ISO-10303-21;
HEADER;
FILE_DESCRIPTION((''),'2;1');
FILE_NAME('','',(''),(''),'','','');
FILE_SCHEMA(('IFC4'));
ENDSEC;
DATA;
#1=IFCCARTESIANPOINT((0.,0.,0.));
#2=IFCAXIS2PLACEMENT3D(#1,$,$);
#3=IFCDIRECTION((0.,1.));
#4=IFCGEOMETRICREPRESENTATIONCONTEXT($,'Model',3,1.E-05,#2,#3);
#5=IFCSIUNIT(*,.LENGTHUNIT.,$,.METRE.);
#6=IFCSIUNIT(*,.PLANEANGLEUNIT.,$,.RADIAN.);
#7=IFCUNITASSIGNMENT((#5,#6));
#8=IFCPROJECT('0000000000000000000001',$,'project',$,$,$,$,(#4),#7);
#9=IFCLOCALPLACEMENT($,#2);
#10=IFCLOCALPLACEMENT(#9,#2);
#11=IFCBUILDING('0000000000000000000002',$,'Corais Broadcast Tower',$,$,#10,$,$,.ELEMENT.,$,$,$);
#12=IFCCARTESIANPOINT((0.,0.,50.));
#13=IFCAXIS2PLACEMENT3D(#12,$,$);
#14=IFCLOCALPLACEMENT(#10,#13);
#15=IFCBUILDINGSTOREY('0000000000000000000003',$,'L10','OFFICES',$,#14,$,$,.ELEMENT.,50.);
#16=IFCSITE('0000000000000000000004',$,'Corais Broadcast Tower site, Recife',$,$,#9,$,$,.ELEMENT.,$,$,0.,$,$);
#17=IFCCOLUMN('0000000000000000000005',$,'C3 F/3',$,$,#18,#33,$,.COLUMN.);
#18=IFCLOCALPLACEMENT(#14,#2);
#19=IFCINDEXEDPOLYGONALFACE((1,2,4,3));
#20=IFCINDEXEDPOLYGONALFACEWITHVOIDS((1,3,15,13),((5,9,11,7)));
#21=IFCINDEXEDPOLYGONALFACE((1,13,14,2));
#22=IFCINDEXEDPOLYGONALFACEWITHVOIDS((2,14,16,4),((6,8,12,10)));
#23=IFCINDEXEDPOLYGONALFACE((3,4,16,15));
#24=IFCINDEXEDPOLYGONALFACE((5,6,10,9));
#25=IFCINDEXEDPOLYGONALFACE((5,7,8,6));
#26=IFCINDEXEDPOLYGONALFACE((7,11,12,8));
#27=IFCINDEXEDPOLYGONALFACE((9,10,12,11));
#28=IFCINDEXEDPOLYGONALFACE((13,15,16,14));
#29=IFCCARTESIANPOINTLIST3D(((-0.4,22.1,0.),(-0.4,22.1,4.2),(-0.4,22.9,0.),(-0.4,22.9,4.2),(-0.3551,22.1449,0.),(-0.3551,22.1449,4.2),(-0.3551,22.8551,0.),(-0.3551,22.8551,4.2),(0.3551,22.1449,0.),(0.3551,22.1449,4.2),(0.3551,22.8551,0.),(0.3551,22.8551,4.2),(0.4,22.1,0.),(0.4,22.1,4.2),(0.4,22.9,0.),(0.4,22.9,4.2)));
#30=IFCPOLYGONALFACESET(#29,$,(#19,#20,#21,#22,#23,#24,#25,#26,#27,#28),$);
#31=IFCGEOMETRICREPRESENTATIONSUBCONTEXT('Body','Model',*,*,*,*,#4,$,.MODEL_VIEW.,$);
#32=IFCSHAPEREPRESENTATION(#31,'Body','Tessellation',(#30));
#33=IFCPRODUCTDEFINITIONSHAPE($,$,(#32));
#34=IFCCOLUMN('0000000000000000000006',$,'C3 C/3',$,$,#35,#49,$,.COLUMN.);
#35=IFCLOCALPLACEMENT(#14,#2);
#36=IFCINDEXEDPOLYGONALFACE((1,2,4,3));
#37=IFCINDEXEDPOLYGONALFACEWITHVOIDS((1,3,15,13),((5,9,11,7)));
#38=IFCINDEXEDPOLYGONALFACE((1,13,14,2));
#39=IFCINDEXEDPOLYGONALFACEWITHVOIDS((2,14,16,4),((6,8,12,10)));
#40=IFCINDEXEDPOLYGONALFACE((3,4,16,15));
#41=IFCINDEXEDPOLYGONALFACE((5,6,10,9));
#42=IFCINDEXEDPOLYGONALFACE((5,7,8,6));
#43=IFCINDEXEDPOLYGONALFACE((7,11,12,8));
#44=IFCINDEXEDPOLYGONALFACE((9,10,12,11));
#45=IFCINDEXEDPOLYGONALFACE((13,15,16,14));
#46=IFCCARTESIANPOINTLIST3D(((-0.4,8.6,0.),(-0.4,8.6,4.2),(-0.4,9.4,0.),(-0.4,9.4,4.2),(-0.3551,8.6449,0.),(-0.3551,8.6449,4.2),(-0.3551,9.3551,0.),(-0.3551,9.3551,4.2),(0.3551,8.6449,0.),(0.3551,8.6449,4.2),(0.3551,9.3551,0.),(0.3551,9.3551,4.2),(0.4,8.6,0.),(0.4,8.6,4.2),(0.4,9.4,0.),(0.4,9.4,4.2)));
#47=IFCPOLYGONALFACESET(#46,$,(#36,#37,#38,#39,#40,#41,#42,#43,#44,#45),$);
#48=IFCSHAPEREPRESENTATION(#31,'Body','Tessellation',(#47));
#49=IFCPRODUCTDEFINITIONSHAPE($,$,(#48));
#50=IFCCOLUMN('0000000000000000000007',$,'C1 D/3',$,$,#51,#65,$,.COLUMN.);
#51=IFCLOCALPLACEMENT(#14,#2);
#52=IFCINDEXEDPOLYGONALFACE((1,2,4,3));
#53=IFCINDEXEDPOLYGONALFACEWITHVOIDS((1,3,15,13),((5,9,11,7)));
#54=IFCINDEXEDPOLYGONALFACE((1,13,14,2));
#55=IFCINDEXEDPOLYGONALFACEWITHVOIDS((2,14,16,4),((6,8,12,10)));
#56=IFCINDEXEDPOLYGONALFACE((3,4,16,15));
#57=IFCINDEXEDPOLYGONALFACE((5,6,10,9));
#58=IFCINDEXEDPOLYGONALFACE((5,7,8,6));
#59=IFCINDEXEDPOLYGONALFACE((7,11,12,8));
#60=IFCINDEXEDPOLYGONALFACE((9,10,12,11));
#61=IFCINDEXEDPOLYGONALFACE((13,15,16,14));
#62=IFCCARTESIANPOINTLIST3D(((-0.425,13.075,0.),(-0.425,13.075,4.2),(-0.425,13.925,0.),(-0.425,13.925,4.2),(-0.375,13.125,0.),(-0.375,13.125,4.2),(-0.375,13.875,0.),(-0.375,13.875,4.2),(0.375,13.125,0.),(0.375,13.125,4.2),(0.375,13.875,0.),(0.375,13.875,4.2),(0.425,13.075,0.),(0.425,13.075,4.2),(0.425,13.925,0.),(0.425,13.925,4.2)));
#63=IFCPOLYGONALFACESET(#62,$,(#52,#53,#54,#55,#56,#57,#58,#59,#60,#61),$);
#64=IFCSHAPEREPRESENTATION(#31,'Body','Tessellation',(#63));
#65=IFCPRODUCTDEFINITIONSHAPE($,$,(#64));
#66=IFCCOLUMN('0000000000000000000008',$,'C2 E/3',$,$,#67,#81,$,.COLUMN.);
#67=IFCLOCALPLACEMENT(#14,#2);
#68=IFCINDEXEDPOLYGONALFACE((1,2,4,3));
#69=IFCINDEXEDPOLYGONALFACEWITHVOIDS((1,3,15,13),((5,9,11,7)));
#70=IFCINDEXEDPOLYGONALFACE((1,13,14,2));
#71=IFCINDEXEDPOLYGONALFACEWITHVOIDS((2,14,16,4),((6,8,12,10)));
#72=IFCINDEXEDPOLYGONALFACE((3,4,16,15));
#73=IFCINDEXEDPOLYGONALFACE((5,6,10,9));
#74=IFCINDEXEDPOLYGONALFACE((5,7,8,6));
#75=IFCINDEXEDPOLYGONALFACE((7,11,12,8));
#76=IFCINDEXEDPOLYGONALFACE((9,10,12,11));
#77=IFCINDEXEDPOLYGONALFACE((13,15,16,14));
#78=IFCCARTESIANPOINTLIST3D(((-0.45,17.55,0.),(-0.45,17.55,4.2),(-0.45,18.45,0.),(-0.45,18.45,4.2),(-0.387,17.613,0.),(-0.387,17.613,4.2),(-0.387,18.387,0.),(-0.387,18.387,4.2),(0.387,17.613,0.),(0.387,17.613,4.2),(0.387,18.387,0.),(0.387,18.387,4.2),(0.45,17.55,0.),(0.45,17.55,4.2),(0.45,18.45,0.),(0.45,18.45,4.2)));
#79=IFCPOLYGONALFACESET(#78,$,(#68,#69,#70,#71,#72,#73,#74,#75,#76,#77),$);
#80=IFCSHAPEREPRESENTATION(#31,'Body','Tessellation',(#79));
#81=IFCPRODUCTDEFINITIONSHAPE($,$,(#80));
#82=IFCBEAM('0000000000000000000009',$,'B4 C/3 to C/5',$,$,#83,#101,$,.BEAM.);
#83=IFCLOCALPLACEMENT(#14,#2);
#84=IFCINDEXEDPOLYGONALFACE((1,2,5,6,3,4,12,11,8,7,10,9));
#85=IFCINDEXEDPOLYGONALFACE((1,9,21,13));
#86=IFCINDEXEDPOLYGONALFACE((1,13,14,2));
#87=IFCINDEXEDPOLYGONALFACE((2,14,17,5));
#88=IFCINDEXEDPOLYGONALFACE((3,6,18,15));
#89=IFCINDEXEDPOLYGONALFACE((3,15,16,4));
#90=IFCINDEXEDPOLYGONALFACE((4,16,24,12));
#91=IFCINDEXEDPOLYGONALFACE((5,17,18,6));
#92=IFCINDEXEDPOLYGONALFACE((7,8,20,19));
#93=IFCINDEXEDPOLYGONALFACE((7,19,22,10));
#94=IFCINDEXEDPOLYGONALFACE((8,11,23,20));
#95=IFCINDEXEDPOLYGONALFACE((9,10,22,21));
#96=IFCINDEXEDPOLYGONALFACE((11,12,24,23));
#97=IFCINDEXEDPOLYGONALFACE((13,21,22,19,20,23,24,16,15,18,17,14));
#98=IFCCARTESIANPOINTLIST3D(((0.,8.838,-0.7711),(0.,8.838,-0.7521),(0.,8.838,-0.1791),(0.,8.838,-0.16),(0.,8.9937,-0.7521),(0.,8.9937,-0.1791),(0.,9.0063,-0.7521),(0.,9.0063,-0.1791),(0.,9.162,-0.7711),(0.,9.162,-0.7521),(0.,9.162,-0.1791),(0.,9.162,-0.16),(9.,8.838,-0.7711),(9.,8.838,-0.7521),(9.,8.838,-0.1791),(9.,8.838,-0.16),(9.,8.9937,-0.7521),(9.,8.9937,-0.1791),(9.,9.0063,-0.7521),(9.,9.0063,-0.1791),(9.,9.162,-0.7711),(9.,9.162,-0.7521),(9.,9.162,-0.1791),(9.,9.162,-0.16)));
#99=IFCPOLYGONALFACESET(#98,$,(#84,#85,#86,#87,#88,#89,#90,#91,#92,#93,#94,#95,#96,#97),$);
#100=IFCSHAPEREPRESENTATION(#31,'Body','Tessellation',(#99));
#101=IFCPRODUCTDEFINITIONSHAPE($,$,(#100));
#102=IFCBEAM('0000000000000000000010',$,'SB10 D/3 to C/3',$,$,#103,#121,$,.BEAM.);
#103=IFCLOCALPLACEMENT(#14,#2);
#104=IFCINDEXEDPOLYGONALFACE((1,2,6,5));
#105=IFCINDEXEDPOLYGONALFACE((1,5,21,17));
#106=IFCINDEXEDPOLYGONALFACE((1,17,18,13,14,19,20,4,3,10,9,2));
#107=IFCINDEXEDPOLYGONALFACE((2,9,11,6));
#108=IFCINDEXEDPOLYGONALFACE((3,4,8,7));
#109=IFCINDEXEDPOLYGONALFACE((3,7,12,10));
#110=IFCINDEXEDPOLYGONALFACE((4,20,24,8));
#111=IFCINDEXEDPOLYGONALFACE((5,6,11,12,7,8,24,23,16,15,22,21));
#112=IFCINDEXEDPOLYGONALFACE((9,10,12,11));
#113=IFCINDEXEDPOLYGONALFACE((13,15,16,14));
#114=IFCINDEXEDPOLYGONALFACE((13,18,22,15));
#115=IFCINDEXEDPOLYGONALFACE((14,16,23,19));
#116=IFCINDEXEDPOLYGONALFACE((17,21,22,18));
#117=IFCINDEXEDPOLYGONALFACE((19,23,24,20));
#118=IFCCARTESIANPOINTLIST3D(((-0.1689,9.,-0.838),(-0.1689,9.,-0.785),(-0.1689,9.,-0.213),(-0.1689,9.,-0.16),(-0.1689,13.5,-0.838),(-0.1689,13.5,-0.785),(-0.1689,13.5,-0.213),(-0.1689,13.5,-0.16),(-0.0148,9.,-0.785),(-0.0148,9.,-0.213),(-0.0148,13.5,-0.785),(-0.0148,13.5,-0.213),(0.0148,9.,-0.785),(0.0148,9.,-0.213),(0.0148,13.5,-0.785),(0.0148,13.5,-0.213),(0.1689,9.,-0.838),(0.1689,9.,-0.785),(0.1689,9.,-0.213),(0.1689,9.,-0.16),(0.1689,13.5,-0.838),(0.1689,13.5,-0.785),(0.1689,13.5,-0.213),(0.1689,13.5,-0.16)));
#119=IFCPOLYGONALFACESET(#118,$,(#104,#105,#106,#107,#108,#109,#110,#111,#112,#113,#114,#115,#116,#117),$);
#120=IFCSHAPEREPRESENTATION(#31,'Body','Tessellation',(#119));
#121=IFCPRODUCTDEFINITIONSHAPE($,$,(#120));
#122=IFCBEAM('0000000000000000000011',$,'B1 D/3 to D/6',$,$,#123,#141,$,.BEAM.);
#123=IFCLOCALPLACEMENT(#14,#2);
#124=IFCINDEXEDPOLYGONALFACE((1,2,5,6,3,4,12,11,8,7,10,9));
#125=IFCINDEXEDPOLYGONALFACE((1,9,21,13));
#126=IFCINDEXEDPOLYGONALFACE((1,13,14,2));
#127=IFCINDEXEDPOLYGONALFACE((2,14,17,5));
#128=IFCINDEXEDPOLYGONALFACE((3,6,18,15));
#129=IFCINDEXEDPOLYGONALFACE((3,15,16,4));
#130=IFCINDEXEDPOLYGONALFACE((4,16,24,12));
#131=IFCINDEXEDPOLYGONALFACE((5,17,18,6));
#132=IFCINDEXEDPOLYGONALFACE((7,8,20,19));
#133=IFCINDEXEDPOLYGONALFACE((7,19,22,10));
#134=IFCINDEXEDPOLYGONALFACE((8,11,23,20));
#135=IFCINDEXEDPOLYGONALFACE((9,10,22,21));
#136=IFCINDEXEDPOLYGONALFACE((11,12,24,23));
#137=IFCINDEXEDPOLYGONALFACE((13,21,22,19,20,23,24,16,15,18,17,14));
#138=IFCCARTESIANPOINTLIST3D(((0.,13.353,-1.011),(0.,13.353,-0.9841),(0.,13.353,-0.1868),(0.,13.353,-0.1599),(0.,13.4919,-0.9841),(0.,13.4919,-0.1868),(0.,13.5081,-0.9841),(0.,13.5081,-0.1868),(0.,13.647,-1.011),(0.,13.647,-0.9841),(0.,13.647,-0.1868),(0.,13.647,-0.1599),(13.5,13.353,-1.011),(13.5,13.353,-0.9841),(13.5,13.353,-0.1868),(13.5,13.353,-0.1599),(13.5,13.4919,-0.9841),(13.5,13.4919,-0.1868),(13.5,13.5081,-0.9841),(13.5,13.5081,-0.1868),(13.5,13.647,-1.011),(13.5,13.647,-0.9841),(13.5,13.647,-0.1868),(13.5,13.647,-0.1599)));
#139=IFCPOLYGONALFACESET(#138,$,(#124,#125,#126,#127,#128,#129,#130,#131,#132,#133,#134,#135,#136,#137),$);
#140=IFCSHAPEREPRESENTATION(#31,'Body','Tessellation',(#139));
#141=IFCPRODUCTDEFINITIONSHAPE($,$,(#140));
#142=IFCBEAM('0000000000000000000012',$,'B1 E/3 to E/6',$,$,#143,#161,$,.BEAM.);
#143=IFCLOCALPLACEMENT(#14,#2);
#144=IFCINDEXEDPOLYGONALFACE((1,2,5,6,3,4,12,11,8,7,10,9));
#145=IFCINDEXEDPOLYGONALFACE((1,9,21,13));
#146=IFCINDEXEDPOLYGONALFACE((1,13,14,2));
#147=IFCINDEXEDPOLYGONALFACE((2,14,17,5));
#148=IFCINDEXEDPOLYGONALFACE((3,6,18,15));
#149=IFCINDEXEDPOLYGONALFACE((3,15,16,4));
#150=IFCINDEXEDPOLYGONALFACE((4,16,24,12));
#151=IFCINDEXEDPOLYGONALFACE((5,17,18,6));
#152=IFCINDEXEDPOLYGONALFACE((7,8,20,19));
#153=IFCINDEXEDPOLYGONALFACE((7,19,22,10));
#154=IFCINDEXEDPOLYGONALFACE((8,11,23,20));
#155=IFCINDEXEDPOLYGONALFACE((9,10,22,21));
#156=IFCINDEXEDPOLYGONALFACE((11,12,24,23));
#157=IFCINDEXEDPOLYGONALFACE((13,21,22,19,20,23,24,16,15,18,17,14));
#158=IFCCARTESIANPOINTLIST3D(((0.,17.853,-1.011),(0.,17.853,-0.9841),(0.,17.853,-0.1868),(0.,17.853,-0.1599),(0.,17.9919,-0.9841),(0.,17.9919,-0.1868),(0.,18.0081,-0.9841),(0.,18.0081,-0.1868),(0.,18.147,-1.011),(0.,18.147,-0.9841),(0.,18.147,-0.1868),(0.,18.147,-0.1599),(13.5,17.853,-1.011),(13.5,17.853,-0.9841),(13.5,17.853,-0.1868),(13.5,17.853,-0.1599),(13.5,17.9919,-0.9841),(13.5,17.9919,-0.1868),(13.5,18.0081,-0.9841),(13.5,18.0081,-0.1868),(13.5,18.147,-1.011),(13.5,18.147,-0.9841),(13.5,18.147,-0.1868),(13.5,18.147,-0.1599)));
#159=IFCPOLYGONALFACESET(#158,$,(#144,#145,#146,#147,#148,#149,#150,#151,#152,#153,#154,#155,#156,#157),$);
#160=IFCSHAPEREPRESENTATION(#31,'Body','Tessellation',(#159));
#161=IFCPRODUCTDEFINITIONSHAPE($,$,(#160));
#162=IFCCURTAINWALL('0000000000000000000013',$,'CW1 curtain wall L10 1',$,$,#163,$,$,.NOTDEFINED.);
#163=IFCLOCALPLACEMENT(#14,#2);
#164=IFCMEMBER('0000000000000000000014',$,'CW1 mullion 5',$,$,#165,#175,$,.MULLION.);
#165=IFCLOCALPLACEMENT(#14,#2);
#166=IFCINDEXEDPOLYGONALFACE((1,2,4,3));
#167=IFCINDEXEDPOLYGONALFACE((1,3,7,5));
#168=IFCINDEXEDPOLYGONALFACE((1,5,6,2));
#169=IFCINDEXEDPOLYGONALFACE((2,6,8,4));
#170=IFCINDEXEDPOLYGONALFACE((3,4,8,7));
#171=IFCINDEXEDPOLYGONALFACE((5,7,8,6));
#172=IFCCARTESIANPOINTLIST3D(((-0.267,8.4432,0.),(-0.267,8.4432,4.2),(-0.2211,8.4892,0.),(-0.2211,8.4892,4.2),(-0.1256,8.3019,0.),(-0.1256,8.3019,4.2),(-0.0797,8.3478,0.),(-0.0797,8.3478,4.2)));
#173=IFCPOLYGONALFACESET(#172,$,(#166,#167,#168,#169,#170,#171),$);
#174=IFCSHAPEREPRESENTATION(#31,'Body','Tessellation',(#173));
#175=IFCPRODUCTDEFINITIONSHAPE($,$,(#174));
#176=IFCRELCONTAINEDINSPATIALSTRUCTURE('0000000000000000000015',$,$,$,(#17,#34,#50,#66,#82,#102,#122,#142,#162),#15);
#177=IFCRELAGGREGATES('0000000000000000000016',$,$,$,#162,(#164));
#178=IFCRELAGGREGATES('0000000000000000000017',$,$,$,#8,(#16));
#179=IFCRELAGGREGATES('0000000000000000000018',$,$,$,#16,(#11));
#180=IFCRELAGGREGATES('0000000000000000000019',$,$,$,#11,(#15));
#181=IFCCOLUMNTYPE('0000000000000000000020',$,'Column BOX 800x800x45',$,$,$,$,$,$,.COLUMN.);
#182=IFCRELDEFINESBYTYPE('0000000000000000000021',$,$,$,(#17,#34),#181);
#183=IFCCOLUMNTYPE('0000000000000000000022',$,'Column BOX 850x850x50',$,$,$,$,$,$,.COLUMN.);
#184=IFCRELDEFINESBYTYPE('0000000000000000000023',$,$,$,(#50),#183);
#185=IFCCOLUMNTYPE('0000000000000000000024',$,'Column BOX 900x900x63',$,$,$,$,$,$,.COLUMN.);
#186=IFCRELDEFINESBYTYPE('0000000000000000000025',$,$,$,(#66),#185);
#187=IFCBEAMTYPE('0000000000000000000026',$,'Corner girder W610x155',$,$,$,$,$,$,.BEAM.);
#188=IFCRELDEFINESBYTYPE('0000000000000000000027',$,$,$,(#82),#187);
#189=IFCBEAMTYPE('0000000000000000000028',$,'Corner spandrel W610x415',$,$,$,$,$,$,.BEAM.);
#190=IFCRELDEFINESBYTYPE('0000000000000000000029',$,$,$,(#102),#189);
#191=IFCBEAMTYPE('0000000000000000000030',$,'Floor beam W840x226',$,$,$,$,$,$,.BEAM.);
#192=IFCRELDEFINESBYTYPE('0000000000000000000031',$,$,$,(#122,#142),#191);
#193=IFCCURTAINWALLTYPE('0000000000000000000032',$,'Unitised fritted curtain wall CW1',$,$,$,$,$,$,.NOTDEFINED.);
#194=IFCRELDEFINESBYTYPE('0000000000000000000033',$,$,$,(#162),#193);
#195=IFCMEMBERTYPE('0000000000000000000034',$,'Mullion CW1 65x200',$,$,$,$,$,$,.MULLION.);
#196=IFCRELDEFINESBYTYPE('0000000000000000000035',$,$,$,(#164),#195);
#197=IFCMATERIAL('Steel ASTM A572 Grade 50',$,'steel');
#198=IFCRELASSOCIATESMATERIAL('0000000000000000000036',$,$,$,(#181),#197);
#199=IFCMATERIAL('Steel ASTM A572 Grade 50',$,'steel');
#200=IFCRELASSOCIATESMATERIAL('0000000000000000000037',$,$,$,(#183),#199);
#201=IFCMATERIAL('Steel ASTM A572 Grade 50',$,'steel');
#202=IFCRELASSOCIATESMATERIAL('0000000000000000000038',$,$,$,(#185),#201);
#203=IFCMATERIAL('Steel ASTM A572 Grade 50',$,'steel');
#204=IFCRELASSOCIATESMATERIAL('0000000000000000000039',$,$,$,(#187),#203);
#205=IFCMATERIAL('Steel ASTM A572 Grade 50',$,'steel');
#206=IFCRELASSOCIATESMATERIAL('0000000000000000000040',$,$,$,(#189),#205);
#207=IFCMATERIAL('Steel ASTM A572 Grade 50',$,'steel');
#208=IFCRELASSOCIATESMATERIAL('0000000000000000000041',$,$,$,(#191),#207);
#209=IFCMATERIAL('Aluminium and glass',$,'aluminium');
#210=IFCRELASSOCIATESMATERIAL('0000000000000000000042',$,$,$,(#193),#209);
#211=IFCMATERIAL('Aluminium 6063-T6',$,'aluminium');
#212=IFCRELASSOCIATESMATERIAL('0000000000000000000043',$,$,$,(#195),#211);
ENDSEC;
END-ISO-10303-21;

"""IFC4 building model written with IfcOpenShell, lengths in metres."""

from ifc_helpers import new_model, si_unit, direction, frame, origin, origin_2d, place, context, subcontext, project, spatial, rectangle, hollow_rectangle, i_section, extrude, material, material_profile, profile_set, type_object, element, aggregate, save


model = new_model("IFC4")

# Units and contexts
model_context = context("Model", 3, precision=1e-05, world=origin(), true_north=direction((0.0, 1.0)))
body_context = subcontext(model_context, "Body", "Model", "MODEL_VIEW")
ifc_project = project(units=[si_unit("LENGTHUNIT", "METRE"), si_unit("PLANEANGLEUNIT", "RADIAN")], contexts=[model_context])

# Site, building, storey
site_placement = place(None, origin())
site = spatial("IfcSite", under=ifc_project, at=site_placement, Name="Corais Broadcast Tower site, Recife", CompositionType="ELEMENT", RefElevation=0.0)
building_placement = place(site_placement, origin())
building = spatial("IfcBuilding", under=site, at=building_placement, Name="Corais Broadcast Tower", CompositionType="ELEMENT")
storey_placement = place(building_placement, frame((0.0, 0.0, 50.0)))
storey = spatial("IfcBuildingStorey", under=building, at=storey_placement, Name="L10", Description="OFFICES", CompositionType="ELEMENT", Elevation=50.0)

# Columns
ifc_material_1 = material(Name="Steel ASTM A572 Grade 50", Category="steel")
ifc_material_profile_1 = material_profile(ifc_material_1, hollow_rectangle(XDim=0.8, YDim=0.8, WallThickness=0.0449, at=origin_2d()), Name="BOX 800x800x45")
ifc_profile_set_1 = profile_set([ifc_material_profile_1], Name="Steel ASTM A572 Grade 50")
column_type_1 = type_object("IfcColumnType", Name="Column BOX 800x800x45", PredefinedType="COLUMN", material=ifc_profile_set_1)
for number, where, z_axis, x_axis, name in (
    (1, (0.0, 22.5, 0.0), (0.0, 0.0, 1.0), (1.0, 0.0, 0.0), "C3 F/3"),
    (2, (0.0, 9.0, 0.0), (0.0, 0.0, 1.0), (1.0, 0.0, 0.0), "C3 C/3"),
):
    element("IfcColumn", number, at=place(storey_placement, frame(where, z_axis=z_axis, x_axis=x_axis)), inside=storey, type_object=column_type_1, Name=name, PredefinedType="COLUMN", context=body_context, shape_type="SweptSolid", body=[
        extrude(hollow_rectangle(XDim=0.8, YDim=0.8, WallThickness=0.0449, at=origin_2d()), origin(), (0.0, 0.0, 1.0), 4.2),
    ])
ifc_material_2 = material(Name="Steel ASTM A572 Grade 50", Category="steel")
ifc_material_profile_2 = material_profile(ifc_material_2, hollow_rectangle(XDim=0.8501, YDim=0.8501, WallThickness=0.05, at=origin_2d()), Name="BOX 850x850x50")
ifc_profile_set_2 = profile_set([ifc_material_profile_2], Name="Steel ASTM A572 Grade 50")
column_type_2 = type_object("IfcColumnType", Name="Column BOX 850x850x50", PredefinedType="COLUMN", material=ifc_profile_set_2)
column_1_placement = place(storey_placement, frame((0.0, 13.5, 0.0), z_axis=(0.0, 0.0, 1.0), x_axis=(1.0, 0.0, 0.0)))
element("IfcColumn", 3, at=column_1_placement, inside=storey, type_object=column_type_2, Name="C1 D/3", PredefinedType="COLUMN", context=body_context, shape_type="SweptSolid", body=[
    extrude(hollow_rectangle(XDim=0.8501, YDim=0.8501, WallThickness=0.05, at=origin_2d()), origin(), (0.0, 0.0, 1.0), 4.2),
])
ifc_material_3 = material(Name="Steel ASTM A572 Grade 50", Category="steel")
ifc_material_profile_3 = material_profile(ifc_material_3, hollow_rectangle(XDim=0.8999, YDim=0.8999, WallThickness=0.063, at=origin_2d()), Name="BOX 900x900x63")
ifc_profile_set_3 = profile_set([ifc_material_profile_3], Name="Steel ASTM A572 Grade 50")
column_type_3 = type_object("IfcColumnType", Name="Column BOX 900x900x63", PredefinedType="COLUMN", material=ifc_profile_set_3)
column_2_placement = place(storey_placement, frame((0.0, 18.0, 0.0), z_axis=(0.0, 0.0, 1.0), x_axis=(1.0, 0.0, 0.0)))
element("IfcColumn", 4, at=column_2_placement, inside=storey, type_object=column_type_3, Name="C2 E/3", PredefinedType="COLUMN", context=body_context, shape_type="SweptSolid", body=[
    extrude(hollow_rectangle(XDim=0.8999, YDim=0.8999, WallThickness=0.063, at=origin_2d()), origin(), (0.0, 0.0, 1.0), 4.2),
])

# Beams
ifc_material_4 = material(Name="Steel ASTM A572 Grade 50", Category="steel")
ifc_material_profile_4 = material_profile(ifc_material_4, i_section(OverallWidth=0.324, OverallDepth=0.6111, WebThickness=0.0127, FlangeThickness=0.019, at=origin_2d()), Name="W610x155")
ifc_profile_set_4 = profile_set([ifc_material_profile_4], Name="Steel ASTM A572 Grade 50")
beam_type_1 = type_object("IfcBeamType", Name="Corner girder W610x155", PredefinedType="BEAM", material=ifc_profile_set_4)
beam_1_placement = place(storey_placement, frame((0.0, 9.0, -0.4656), z_axis=(1.0, 0.0, 0.0), x_axis=(0.0, 1.0, 0.0)))
element("IfcBeam", 5, at=beam_1_placement, inside=storey, type_object=beam_type_1, Name="B4 C/3 to C/5", PredefinedType="BEAM", context=body_context, shape_type="SweptSolid", body=[
    extrude(i_section(OverallWidth=0.324, OverallDepth=0.6111, WebThickness=0.0127, FlangeThickness=0.019, at=origin_2d()), origin(), (0.0, 0.0, 1.0), 9.0),
])
ifc_material_5 = material(Name="Steel ASTM A572 Grade 50", Category="steel")
ifc_material_profile_5 = material_profile(ifc_material_5, i_section(OverallWidth=0.3379, OverallDepth=0.678, WebThickness=0.0295, FlangeThickness=0.053, at=origin_2d()), Name="W610x415")
ifc_profile_set_5 = profile_set([ifc_material_profile_5], Name="Steel ASTM A572 Grade 50")
beam_type_2 = type_object("IfcBeamType", Name="Corner spandrel W610x415", PredefinedType="BEAM", material=ifc_profile_set_5)
beam_2_placement = place(storey_placement, frame((0.0, 13.5, -0.499), z_axis=(0.0, -1.0, 0.0), x_axis=(1.0, 0.0, 0.0)))
element("IfcBeam", 6, at=beam_2_placement, inside=storey, type_object=beam_type_2, Name="SB10 D/3 to C/3", PredefinedType="BEAM", context=body_context, shape_type="SweptSolid", body=[
    extrude(i_section(OverallWidth=0.3379, OverallDepth=0.678, WebThickness=0.0295, FlangeThickness=0.053, at=origin_2d()), origin(), (0.0, 0.0, 1.0), 4.5),
])
ifc_material_6 = material(Name="Steel ASTM A572 Grade 50", Category="steel")
ifc_material_profile_6 = material_profile(ifc_material_6, i_section(OverallWidth=0.2939, OverallDepth=0.8511, WebThickness=0.0161, FlangeThickness=0.0269, at=origin_2d()), Name="W840x226")
ifc_profile_set_6 = profile_set([ifc_material_profile_6], Name="Steel ASTM A572 Grade 50")
beam_type_3 = type_object("IfcBeamType", Name="Floor beam W840x226", PredefinedType="BEAM", material=ifc_profile_set_6)
for number, where, z_axis, x_axis, name in (
    (7, (0.0, 13.5, -0.5854), (1.0, 0.0, 0.0), (0.0, 1.0, 0.0), "B1 D/3 to D/6"),
    (8, (0.0, 18.0, -0.5854), (1.0, 0.0, 0.0), (0.0, 1.0, 0.0), "B1 E/3 to E/6"),
):
    element("IfcBeam", number, at=place(storey_placement, frame(where, z_axis=z_axis, x_axis=x_axis)), inside=storey, type_object=beam_type_3, Name=name, PredefinedType="BEAM", context=body_context, shape_type="SweptSolid", body=[
        extrude(i_section(OverallWidth=0.2939, OverallDepth=0.8511, WebThickness=0.0161, FlangeThickness=0.0269, at=origin_2d()), origin(), (0.0, 0.0, 1.0), 13.5),
    ])

# Curtain wall, member
ifc_material_7 = material(Name="Aluminium and glass", Category="aluminium")
curtain_wall_type = type_object("IfcCurtainWallType", Name="Unitised fritted curtain wall CW1", PredefinedType="NOTDEFINED", material=ifc_material_7)
curtain_wall_1_placement = place(storey_placement, origin())
curtain_wall_1 = element("IfcCurtainWall", 9, at=curtain_wall_1_placement, inside=storey, type_object=curtain_wall_type, Name="CW1 curtain wall L10 1", PredefinedType="NOTDEFINED")
ifc_material_8 = material(Name="Aluminium 6063-T6", Category="aluminium")
ifc_material_profile_7 = material_profile(ifc_material_8, rectangle(XDim=0.0649, YDim=0.2, at=origin_2d()), Name="Mullion CW1 65x200")
ifc_profile_set_7 = profile_set([ifc_material_profile_7], Name="Aluminium 6063-T6")
member_type_1 = type_object("IfcMemberType", Name="Mullion CW1 65x200", PredefinedType="MULLION", material=ifc_profile_set_7)
member_1_placement = place(storey_placement, frame((-0.1733, 8.3955, 0.0), z_axis=(0.0, 0.0, 1.0), x_axis=(-0.707107, -0.707107, 0.0)))
member_1 = element("IfcMember", 10, at=member_1_placement, type_object=member_type_1, Name="CW1 mullion 5", PredefinedType="MULLION", context=body_context, shape_type="SweptSolid", body=[
    extrude(rectangle(XDim=0.0649, YDim=0.2, at=origin_2d()), origin(), (0.0, 0.0, 1.0), 4.2),
])
aggregate(curtain_wall_1, [member_1])

save(model, "model.ifc")
